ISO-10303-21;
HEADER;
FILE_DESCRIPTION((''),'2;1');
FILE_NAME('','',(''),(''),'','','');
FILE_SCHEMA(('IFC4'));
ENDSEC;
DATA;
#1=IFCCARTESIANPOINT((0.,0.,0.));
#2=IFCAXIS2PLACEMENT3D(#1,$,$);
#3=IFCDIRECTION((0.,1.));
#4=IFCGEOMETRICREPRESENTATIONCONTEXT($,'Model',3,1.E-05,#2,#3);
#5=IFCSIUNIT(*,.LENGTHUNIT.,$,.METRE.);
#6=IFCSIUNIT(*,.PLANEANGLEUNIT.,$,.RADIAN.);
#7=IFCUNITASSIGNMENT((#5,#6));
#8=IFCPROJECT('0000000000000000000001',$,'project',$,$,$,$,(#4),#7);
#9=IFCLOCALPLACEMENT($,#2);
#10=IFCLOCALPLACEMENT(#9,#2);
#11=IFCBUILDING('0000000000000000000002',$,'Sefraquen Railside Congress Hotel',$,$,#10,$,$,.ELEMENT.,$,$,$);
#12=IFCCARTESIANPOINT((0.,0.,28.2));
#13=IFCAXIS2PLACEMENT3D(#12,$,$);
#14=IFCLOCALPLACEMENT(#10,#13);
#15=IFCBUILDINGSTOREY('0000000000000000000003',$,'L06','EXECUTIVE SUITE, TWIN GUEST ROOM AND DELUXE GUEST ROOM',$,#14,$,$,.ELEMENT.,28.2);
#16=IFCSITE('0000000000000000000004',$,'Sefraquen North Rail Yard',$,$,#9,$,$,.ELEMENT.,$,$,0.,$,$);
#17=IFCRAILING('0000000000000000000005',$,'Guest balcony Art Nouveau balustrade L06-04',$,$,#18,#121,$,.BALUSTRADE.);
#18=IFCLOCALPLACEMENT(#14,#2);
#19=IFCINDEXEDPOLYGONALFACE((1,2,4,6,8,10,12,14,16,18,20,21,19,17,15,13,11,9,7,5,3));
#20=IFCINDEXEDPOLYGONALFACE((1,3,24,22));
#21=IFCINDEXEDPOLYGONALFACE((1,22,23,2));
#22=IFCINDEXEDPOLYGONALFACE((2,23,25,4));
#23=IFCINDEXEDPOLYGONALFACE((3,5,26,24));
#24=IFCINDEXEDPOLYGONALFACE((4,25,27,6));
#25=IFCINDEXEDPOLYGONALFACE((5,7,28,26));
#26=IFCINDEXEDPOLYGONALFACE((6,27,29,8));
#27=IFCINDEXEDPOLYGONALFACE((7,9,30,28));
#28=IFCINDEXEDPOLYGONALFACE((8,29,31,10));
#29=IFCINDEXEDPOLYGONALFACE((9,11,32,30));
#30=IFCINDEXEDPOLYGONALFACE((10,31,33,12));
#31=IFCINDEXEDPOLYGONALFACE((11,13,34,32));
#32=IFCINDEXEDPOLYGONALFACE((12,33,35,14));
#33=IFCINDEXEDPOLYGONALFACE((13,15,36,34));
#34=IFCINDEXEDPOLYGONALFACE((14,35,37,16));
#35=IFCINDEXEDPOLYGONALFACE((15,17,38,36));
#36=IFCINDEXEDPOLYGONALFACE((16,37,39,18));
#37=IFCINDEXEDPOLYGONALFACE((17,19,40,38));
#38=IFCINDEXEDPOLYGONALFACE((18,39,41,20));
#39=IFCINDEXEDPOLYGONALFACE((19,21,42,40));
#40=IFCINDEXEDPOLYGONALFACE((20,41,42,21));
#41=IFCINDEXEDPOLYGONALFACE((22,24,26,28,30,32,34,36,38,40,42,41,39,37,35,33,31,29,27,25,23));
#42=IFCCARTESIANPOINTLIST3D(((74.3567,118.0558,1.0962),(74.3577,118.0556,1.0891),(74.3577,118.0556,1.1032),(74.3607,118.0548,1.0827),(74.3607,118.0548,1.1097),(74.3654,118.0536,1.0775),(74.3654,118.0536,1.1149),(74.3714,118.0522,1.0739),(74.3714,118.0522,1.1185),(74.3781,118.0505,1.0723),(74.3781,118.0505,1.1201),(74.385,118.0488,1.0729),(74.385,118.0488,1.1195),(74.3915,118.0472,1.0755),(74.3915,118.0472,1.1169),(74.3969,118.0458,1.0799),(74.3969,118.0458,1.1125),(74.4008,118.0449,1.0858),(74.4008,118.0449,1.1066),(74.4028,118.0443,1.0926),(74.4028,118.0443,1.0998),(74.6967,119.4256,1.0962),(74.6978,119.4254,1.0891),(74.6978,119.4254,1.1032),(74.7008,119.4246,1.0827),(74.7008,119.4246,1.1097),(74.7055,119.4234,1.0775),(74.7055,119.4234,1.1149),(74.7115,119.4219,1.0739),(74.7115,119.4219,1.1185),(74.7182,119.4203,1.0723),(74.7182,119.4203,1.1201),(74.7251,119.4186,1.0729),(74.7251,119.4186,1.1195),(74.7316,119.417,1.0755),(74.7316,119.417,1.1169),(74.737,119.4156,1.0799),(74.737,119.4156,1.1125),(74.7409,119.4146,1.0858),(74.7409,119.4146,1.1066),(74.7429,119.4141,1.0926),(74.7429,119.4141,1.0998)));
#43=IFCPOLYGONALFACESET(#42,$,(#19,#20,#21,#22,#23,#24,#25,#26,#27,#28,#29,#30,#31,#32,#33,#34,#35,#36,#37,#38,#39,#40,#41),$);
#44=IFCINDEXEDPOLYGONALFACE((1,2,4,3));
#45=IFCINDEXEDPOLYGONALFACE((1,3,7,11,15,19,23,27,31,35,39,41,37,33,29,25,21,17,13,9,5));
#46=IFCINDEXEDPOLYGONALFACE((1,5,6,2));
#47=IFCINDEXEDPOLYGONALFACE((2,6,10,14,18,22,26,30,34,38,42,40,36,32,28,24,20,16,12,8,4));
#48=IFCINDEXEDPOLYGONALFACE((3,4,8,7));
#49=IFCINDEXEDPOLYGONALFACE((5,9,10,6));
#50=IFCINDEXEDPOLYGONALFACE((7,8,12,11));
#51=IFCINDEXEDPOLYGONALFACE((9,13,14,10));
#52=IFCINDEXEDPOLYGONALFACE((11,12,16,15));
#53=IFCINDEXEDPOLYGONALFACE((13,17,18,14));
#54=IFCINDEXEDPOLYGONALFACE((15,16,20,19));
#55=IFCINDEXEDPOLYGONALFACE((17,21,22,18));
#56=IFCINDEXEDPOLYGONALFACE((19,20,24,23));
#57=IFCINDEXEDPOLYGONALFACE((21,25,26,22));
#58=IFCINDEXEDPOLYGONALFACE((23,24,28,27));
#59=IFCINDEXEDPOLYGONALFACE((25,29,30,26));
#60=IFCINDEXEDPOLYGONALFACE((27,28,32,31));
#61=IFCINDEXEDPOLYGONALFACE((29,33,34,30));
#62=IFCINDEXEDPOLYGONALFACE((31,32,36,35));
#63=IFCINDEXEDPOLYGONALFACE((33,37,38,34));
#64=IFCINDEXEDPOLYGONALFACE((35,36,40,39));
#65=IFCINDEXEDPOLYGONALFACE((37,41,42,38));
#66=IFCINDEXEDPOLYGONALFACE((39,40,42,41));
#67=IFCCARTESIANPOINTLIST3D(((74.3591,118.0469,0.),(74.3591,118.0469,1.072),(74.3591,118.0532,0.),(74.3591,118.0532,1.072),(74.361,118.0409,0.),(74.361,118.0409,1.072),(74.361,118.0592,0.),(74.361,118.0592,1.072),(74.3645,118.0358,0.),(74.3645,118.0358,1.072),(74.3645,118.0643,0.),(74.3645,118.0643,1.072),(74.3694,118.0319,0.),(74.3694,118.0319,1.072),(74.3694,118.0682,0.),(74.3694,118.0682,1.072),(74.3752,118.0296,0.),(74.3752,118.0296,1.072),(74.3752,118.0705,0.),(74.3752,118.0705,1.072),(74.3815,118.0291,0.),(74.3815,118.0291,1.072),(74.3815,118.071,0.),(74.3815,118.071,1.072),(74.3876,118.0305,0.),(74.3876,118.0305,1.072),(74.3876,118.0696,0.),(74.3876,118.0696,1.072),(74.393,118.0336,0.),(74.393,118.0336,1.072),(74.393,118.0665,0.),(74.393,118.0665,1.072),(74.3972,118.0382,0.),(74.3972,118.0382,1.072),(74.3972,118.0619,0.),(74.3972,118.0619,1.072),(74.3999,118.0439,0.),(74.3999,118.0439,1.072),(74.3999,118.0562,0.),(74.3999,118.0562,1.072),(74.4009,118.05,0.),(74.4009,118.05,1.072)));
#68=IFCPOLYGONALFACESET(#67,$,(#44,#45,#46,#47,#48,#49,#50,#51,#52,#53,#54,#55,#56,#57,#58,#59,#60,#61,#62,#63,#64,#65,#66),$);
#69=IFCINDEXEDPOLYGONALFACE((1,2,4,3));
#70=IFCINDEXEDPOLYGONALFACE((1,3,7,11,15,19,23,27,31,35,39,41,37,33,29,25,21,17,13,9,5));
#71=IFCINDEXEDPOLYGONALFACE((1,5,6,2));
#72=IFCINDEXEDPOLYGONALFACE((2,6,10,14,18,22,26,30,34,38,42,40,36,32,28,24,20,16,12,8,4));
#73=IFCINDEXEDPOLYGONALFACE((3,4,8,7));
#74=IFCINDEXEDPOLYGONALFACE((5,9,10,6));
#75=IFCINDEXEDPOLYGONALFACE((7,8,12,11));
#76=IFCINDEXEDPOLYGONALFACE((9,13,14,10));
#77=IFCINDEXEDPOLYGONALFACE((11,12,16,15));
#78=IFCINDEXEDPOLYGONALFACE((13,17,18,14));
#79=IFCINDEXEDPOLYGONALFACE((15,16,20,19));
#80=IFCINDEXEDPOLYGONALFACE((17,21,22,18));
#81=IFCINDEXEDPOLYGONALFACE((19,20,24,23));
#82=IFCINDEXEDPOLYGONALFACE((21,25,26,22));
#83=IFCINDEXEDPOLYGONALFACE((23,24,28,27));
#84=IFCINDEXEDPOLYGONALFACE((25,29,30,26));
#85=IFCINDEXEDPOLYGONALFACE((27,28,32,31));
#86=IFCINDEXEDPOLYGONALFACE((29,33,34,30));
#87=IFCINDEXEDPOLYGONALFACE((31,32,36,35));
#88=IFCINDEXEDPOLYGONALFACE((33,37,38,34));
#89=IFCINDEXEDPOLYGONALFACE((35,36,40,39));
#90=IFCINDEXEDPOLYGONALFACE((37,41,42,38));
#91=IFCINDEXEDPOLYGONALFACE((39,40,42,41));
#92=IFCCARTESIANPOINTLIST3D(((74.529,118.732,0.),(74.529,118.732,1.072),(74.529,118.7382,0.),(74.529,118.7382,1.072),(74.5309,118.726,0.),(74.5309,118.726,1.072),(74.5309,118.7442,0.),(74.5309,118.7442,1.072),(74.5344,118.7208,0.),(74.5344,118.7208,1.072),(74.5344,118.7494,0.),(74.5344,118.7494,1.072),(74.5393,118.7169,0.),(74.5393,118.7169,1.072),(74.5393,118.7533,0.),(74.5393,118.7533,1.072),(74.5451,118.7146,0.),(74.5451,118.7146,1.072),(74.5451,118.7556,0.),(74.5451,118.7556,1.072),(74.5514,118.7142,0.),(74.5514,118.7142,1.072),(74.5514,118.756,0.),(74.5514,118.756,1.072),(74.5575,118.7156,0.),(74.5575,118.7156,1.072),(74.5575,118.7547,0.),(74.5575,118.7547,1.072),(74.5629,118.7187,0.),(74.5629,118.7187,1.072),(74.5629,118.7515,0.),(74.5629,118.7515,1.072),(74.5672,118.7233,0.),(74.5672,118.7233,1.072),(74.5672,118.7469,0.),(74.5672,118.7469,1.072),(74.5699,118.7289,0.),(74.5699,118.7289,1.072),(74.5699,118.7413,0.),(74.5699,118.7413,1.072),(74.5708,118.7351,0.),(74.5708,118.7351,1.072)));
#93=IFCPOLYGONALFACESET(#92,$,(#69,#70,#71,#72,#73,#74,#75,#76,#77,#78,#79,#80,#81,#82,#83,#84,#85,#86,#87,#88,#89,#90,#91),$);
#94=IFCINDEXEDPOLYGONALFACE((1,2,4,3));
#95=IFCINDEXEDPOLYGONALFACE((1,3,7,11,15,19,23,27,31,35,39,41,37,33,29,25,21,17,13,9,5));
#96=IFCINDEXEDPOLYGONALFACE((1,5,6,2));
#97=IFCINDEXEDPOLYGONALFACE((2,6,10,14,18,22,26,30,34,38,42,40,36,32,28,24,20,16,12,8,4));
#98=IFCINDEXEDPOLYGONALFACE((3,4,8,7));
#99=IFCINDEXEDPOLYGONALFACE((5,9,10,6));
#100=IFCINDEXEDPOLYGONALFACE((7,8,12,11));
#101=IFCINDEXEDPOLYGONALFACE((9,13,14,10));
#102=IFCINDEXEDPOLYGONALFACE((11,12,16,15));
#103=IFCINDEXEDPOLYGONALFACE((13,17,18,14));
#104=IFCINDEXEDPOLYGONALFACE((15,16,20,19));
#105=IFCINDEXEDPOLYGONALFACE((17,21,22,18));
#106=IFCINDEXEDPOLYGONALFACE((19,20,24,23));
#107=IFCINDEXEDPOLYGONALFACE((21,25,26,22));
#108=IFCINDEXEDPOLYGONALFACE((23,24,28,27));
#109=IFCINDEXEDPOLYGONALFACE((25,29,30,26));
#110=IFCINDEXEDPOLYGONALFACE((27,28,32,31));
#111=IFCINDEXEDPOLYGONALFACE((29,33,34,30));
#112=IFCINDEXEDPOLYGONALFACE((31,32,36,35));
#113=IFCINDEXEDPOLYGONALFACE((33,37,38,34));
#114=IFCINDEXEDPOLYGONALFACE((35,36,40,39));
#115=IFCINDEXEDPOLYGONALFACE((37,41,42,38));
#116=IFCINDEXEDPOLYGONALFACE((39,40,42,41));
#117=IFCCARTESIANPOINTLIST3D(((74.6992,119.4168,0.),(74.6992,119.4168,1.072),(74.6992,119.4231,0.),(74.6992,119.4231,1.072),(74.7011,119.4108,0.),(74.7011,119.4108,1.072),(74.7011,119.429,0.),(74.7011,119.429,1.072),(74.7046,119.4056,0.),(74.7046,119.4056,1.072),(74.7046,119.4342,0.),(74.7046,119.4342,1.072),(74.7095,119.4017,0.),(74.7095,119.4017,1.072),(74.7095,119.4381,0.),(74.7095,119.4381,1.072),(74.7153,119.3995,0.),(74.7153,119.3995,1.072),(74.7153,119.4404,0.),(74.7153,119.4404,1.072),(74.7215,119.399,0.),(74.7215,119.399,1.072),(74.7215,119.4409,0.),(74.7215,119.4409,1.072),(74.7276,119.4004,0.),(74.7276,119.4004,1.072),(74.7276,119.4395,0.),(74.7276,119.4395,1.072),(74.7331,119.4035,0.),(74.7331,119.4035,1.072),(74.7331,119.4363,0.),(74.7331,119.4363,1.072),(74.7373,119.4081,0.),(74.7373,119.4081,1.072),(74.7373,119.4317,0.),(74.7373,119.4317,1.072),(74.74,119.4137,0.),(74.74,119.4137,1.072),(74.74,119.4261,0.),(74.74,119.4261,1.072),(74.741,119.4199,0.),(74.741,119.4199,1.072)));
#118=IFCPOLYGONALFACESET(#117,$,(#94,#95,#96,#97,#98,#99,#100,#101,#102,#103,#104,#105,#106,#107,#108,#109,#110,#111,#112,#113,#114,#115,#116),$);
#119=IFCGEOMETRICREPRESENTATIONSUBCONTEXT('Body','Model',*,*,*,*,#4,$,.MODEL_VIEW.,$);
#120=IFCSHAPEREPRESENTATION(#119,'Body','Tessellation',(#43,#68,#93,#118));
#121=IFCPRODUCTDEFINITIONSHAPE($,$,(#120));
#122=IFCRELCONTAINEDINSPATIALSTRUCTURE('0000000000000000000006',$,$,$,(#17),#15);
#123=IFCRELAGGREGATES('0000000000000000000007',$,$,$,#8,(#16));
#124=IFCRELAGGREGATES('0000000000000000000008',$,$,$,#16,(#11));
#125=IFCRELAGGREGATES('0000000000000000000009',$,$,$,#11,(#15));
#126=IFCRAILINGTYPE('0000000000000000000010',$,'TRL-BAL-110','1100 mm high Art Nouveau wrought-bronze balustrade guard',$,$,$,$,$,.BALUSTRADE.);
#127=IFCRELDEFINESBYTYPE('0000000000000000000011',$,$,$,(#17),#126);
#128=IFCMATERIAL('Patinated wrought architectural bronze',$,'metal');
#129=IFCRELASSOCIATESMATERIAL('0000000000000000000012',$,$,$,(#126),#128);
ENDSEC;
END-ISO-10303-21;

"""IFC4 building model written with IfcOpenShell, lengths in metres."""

from ifc_helpers import new_model, si_unit, direction, frame, origin, origin_2d, place, context, subcontext, project, spatial, circle, extrude, material, type_object, element, save


model = new_model("IFC4")

# Units and contexts
model_context = context("Model", 3, precision=1e-05, world=origin(), true_north=direction((0.0, 1.0)))
body_context = subcontext(model_context, "Body", "Model", "MODEL_VIEW")
ifc_project = project(units=[si_unit("LENGTHUNIT", "METRE"), si_unit("PLANEANGLEUNIT", "RADIAN")], contexts=[model_context])

# Site, building, storey
site_placement = place(None, origin())
site = spatial("IfcSite", under=ifc_project, at=site_placement, Name="Sefraquen North Rail Yard", CompositionType="ELEMENT", RefElevation=0.0)
building_placement = place(site_placement, origin())
building = spatial("IfcBuilding", under=site, at=building_placement, Name="Sefraquen Railside Congress Hotel", CompositionType="ELEMENT")
storey_placement = place(building_placement, frame((0.0, 0.0, 28.2)))
storey = spatial("IfcBuildingStorey", under=building, at=storey_placement, Name="L06", Description="EXECUTIVE SUITE, TWIN GUEST ROOM AND DELUXE GUEST ROOM", CompositionType="ELEMENT", Elevation=28.2)

# Railing
ifc_material_1 = material(Name="Patinated wrought architectural bronze", Category="metal")
railing_type = type_object("IfcRailingType", Name="TRL-BAL-110", Description="1100 mm high Art Nouveau wrought-bronze balustrade guard", PredefinedType="BALUSTRADE", material=ifc_material_1)
railing_1_placement = place(storey_placement, frame((74.3799, 118.05, 0.0)))
element("IfcRailing", 1, at=railing_1_placement, inside=storey, type_object=railing_type, Name="Guest balcony Art Nouveau balustrade L06-04", PredefinedType="BALUSTRADE", context=body_context, shape_type="SweptSolid", body=[
    extrude(circle(Radius=0.0239, at=origin_2d()), frame((0.0, 0.0, 1.0962), z_axis=(0.240948, 0.970538, 0.0), x_axis=(-0.970538, 0.240948, 0.0)), (0.0, 0.0, 1.0), 1.4114),
    extrude(circle(Radius=0.021, at=origin_2d()), origin(), (0.0, 0.0, 1.0), 1.072),
    extrude(circle(Radius=0.021, at=origin_2d()), frame((0.1699, 0.6851, 0.0)), (0.0, 0.0, 1.0), 1.072),
    extrude(circle(Radius=0.021, at=origin_2d()), frame((0.3401, 1.3699, 0.0)), (0.0, 0.0, 1.0), 1.072),
])

save(model, "model.ifc")
